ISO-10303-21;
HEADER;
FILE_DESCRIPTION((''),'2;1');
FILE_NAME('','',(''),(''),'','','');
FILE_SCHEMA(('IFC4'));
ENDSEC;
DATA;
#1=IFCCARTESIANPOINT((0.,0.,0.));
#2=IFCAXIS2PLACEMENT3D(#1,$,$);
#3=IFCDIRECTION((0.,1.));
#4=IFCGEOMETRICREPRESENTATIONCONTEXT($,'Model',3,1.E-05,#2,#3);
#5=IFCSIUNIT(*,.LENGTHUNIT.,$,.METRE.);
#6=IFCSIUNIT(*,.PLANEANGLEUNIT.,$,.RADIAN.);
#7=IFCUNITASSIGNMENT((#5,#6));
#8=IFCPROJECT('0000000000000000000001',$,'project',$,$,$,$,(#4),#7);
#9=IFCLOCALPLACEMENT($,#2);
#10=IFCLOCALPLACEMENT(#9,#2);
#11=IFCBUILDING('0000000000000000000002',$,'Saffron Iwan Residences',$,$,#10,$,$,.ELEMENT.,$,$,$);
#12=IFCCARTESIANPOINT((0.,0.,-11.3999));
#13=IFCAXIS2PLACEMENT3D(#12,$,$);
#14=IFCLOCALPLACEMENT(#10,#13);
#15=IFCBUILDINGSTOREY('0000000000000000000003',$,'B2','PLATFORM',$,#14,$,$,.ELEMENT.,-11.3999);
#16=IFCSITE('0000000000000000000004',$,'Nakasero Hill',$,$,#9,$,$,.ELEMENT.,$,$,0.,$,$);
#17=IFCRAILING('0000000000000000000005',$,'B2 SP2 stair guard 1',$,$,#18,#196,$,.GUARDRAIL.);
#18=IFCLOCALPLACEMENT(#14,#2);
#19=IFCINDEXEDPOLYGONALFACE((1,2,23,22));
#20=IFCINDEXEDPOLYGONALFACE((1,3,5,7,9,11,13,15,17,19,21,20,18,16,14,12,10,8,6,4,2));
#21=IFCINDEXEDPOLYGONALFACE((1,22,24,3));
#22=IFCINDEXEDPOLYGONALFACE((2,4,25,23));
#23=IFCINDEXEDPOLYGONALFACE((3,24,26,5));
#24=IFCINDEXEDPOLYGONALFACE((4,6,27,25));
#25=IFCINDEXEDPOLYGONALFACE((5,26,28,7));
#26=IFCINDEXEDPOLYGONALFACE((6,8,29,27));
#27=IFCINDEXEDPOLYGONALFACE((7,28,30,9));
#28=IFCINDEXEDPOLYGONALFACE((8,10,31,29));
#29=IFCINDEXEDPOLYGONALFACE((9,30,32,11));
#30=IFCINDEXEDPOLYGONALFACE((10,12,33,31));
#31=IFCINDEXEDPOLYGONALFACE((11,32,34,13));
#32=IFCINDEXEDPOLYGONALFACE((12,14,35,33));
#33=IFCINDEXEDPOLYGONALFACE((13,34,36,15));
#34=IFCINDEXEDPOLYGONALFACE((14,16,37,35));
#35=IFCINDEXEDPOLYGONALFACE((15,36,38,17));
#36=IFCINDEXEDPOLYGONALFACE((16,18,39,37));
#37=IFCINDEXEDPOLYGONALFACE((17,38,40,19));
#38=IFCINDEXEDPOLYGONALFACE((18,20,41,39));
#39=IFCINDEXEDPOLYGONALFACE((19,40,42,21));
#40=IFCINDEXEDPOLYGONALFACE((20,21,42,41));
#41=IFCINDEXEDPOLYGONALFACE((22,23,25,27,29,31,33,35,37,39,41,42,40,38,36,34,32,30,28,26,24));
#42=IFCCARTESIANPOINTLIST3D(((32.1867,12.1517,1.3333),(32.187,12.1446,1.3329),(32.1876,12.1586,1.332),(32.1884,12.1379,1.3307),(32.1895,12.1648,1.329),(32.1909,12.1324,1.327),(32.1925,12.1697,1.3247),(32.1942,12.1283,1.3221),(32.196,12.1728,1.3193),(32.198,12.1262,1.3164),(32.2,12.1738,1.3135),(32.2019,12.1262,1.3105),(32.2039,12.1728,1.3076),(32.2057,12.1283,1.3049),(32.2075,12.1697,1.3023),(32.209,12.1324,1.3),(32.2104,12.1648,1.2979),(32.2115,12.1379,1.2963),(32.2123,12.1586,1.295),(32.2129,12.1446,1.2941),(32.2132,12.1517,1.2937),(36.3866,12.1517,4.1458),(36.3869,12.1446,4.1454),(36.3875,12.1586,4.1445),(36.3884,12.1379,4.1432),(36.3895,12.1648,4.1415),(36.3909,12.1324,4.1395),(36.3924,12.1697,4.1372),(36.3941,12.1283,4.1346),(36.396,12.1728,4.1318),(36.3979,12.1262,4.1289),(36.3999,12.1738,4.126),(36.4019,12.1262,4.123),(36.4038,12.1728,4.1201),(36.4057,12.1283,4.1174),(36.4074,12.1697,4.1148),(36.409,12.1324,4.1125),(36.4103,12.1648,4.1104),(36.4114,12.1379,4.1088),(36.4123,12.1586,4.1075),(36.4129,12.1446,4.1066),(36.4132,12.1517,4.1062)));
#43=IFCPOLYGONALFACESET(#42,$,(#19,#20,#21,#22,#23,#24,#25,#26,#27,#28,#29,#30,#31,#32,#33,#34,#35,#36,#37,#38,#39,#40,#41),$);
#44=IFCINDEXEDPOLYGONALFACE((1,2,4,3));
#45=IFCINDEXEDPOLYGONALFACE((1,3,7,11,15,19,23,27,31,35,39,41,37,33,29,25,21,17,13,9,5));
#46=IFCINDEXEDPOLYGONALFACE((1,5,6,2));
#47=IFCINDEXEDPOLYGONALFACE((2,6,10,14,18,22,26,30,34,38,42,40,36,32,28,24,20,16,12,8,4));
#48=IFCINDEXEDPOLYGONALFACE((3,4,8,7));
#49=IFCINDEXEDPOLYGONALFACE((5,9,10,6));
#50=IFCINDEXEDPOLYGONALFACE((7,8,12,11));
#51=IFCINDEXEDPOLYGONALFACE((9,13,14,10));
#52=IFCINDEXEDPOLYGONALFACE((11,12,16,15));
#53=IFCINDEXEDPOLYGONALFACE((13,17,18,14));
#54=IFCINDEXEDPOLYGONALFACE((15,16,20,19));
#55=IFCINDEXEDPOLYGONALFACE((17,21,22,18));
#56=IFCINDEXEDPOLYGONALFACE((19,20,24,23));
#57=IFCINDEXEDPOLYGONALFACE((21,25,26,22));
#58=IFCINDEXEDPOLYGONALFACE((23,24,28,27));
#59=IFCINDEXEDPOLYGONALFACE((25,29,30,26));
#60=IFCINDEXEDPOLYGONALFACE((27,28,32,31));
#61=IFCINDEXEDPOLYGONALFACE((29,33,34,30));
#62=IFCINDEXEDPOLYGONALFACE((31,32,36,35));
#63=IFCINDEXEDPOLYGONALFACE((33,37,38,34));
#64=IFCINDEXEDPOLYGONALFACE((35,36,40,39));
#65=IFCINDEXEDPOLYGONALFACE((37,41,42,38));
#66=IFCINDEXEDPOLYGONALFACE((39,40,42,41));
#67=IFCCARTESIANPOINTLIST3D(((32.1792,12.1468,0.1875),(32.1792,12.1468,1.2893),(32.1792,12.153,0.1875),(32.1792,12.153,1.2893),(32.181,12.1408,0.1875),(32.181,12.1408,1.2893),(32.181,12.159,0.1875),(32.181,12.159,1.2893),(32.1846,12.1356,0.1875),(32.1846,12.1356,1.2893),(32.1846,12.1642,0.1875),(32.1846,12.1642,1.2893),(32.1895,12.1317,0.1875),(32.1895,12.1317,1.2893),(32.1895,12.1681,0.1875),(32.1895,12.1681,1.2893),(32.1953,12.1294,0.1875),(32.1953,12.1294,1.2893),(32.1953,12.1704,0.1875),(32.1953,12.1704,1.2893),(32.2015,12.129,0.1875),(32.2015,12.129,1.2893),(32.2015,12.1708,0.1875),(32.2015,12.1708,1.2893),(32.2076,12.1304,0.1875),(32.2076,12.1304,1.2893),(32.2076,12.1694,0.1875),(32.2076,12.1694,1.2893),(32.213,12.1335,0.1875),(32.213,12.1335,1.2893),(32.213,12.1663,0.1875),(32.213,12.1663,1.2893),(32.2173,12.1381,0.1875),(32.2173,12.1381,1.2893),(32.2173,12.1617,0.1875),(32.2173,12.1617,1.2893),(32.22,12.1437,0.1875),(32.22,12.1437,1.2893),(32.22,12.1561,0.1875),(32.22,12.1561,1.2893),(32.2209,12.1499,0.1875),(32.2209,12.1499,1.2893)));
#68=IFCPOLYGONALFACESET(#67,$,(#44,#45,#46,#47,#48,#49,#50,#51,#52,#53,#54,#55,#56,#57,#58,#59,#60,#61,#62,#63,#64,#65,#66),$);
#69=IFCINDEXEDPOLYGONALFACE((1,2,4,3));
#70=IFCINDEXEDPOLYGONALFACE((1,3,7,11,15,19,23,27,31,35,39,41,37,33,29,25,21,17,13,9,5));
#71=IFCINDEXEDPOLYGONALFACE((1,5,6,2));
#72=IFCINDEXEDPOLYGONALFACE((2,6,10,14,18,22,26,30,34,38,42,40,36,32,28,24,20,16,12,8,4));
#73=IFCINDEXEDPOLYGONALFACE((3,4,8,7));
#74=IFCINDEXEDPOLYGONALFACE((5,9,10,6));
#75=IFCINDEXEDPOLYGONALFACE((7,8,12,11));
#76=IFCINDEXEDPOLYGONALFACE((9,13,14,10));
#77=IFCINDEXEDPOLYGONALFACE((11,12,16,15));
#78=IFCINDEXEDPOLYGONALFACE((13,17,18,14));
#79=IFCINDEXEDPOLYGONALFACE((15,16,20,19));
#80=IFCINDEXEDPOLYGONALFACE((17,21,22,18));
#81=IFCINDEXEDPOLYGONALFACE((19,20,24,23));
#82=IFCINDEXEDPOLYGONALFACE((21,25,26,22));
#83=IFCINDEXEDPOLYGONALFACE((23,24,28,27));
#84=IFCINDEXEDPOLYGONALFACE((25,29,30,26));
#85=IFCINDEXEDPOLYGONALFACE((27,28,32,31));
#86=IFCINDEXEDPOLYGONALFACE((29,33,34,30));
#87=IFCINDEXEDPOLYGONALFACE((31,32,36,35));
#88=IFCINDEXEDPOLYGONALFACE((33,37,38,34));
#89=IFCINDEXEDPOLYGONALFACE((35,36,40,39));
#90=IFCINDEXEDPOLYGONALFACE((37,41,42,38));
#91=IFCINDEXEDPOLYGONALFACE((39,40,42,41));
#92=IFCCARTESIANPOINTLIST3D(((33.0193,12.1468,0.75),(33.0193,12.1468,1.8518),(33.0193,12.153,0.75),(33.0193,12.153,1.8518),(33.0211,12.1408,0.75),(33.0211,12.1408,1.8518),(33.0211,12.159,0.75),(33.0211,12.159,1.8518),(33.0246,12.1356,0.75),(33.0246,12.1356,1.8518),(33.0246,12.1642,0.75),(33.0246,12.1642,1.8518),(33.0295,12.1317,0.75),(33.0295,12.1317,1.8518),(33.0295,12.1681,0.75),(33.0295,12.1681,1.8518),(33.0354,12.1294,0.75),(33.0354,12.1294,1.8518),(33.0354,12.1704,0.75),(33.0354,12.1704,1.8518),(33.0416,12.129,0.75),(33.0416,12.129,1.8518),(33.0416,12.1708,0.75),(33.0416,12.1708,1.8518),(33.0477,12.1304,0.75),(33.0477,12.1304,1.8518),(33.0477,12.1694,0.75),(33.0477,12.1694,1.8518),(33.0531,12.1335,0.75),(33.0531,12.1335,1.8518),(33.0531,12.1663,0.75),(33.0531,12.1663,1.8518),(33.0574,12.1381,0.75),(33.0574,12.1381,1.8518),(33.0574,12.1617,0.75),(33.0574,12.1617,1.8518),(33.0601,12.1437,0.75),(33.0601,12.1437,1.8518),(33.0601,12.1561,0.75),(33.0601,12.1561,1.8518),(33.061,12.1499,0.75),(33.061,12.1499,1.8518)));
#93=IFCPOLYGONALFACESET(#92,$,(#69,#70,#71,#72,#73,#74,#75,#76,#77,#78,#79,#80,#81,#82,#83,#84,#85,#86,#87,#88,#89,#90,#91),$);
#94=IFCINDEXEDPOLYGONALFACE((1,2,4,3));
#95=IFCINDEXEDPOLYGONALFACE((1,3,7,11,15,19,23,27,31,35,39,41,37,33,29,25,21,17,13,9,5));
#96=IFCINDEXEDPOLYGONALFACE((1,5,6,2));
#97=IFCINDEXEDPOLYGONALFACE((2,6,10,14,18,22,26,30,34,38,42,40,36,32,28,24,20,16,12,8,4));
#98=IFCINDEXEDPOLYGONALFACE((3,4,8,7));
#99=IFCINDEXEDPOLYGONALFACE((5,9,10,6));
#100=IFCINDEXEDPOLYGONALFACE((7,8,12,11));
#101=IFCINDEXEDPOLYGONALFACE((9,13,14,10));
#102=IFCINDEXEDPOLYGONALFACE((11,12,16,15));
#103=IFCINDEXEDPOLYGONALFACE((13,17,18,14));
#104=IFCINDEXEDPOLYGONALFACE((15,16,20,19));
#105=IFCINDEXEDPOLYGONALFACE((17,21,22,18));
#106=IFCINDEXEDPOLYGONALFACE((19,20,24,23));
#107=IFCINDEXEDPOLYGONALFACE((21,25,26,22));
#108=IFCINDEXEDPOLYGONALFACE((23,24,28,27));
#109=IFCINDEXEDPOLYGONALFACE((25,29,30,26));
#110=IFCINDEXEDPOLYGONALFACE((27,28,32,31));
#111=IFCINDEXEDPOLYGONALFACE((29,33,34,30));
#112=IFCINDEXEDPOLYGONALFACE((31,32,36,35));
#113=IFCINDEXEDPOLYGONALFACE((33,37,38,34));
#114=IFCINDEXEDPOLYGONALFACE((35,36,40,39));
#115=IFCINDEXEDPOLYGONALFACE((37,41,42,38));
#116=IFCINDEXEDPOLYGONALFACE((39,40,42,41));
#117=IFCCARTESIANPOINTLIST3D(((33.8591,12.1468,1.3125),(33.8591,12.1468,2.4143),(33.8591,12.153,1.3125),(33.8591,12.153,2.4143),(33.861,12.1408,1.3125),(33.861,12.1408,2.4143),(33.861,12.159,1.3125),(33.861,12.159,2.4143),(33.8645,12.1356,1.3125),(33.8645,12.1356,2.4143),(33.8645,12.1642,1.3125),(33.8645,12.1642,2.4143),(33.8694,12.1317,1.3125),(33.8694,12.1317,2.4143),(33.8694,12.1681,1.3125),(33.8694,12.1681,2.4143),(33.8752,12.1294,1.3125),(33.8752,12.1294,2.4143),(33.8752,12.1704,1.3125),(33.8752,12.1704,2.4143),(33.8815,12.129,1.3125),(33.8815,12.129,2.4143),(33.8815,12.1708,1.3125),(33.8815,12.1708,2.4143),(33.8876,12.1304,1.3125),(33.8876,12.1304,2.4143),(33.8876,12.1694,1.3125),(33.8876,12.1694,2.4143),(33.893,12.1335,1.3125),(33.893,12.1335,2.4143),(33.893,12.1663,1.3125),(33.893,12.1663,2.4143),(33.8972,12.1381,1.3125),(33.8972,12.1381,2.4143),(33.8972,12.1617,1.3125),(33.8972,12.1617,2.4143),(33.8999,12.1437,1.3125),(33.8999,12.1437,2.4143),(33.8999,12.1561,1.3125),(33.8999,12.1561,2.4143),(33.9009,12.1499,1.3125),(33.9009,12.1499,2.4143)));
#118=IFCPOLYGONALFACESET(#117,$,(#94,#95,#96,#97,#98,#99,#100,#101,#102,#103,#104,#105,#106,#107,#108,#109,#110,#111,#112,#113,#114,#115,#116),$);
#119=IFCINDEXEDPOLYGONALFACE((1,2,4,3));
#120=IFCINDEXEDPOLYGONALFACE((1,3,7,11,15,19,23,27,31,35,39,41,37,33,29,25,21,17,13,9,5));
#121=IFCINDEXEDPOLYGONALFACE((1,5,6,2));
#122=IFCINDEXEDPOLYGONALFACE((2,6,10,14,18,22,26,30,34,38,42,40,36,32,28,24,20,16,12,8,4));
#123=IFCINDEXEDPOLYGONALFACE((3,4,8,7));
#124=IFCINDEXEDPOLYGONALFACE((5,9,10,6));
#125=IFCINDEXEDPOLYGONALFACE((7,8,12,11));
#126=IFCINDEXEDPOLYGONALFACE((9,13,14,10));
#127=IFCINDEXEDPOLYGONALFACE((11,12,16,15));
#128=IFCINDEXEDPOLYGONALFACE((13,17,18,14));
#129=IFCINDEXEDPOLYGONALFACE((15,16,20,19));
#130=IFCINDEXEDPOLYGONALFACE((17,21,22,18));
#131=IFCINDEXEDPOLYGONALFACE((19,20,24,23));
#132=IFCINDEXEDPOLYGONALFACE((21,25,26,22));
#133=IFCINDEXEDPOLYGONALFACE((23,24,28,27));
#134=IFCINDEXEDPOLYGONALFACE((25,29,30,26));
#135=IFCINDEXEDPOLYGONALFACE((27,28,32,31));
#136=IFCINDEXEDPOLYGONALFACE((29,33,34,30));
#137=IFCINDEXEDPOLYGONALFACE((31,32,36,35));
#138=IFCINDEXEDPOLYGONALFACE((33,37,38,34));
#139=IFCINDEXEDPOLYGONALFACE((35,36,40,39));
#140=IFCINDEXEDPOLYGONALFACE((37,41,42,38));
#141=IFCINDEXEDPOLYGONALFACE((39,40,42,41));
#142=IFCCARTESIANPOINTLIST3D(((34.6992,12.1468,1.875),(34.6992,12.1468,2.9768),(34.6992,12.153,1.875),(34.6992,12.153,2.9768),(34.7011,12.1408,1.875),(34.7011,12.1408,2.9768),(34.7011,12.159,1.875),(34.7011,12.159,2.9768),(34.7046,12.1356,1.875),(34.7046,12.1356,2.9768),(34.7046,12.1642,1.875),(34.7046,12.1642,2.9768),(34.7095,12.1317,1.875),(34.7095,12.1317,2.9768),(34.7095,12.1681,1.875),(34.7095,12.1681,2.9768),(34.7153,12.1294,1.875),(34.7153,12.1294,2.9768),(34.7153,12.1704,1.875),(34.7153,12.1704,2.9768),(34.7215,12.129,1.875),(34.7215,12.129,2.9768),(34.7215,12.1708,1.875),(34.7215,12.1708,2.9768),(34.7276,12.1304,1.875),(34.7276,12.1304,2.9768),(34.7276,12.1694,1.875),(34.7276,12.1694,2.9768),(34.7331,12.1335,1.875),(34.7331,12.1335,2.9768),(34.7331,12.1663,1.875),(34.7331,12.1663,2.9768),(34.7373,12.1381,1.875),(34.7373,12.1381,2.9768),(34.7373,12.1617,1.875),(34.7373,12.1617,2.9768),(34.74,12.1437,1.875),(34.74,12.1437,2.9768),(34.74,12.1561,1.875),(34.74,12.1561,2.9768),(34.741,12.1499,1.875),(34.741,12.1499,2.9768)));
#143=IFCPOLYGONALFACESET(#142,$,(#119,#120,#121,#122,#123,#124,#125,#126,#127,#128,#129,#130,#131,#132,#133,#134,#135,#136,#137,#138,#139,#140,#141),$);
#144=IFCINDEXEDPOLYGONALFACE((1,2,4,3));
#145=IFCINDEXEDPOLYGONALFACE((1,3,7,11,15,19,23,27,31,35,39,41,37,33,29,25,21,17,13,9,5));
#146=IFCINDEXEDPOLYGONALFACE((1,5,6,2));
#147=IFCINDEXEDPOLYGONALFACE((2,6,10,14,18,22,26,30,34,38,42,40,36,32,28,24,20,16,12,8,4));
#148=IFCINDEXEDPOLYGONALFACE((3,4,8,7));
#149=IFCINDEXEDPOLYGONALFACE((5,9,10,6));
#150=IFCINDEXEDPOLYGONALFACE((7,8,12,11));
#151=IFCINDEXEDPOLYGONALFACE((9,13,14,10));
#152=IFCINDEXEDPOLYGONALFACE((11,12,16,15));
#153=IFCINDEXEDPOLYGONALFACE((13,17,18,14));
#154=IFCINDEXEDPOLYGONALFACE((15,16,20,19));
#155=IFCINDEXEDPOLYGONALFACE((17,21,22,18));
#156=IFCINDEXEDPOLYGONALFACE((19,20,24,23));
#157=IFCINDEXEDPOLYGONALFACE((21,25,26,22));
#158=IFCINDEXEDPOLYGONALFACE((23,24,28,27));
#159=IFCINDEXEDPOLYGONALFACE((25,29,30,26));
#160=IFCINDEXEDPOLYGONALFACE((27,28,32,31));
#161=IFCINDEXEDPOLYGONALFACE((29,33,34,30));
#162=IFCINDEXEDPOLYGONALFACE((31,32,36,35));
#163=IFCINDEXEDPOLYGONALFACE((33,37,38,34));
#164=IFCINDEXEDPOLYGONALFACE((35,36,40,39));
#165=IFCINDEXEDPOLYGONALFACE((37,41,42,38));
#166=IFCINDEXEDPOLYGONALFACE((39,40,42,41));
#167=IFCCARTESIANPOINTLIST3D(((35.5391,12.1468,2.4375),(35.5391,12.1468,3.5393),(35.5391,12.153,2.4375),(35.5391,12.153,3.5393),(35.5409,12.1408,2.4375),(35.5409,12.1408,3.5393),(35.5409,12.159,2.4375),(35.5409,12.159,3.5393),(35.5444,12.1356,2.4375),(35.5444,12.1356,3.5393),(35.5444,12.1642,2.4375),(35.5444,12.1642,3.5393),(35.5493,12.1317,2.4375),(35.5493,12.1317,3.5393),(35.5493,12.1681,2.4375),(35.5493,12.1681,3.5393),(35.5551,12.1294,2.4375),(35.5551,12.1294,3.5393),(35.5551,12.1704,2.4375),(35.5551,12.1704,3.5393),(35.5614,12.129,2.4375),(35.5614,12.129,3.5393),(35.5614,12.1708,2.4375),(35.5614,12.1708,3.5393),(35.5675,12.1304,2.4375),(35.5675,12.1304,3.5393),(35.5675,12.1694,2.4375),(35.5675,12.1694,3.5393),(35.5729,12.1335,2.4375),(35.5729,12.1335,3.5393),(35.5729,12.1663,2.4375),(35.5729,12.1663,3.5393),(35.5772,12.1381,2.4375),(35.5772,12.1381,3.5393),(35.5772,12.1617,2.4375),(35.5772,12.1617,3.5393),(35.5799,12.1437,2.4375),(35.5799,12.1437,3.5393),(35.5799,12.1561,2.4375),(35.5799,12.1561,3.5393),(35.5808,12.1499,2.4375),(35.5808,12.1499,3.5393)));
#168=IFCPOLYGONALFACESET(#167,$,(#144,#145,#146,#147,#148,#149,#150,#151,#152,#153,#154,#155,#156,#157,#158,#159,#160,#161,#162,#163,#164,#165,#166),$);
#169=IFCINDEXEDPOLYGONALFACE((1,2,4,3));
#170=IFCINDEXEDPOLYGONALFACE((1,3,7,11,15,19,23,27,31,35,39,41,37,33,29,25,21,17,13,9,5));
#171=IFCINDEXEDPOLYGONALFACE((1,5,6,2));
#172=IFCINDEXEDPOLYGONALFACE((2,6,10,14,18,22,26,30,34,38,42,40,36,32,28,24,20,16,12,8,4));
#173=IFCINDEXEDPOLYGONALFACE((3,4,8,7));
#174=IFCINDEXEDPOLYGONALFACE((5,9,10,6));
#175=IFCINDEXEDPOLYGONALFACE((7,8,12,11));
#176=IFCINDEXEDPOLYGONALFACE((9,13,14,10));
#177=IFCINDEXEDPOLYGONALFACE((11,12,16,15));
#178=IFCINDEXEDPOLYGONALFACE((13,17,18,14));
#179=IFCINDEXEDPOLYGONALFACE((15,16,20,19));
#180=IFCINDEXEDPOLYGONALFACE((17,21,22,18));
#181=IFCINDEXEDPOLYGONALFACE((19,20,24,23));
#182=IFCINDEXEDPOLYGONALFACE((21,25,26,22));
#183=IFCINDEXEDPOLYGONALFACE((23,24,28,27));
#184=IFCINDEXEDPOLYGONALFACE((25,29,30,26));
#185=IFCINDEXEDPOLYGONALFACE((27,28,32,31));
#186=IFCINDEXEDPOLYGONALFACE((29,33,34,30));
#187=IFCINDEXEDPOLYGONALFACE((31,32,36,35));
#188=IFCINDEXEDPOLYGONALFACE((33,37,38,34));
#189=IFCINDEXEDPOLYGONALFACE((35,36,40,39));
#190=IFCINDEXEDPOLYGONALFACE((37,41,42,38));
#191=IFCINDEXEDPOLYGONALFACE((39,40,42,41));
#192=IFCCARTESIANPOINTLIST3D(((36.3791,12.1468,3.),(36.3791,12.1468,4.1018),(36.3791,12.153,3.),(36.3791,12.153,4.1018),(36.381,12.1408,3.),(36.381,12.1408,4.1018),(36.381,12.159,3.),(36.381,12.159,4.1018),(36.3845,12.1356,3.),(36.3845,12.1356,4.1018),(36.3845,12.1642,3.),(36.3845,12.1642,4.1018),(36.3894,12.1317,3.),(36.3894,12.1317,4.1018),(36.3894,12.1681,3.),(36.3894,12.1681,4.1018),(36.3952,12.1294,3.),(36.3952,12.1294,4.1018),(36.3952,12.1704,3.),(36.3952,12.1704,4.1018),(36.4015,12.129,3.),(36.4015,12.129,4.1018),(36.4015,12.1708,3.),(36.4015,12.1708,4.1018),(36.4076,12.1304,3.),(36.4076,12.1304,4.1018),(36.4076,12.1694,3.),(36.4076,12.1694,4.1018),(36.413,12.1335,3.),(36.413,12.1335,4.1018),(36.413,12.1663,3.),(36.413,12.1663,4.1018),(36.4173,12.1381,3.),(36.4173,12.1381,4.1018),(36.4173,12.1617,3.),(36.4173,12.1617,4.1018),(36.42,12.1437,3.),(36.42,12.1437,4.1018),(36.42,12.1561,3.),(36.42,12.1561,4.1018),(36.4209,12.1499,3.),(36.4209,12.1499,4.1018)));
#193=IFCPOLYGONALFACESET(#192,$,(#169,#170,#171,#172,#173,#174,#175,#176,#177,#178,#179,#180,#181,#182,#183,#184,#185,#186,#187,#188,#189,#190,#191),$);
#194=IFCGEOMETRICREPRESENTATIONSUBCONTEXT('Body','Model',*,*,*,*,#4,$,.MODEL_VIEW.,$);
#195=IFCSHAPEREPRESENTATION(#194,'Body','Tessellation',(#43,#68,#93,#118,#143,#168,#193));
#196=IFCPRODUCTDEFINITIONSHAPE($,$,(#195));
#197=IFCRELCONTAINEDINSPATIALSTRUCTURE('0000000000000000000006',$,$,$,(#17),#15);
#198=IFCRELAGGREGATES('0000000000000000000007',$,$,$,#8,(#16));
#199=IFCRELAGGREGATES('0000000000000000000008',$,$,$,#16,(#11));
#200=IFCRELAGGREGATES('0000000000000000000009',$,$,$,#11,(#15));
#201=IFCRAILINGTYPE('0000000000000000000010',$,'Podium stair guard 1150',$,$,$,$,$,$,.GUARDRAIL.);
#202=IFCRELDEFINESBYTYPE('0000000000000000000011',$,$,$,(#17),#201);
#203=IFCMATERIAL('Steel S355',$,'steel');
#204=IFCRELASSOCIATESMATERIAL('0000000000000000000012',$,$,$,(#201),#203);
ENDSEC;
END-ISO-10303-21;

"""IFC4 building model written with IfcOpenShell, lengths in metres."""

from ifc_helpers import new_model, si_unit, direction, frame, origin, origin_2d, place, context, subcontext, project, spatial, circle, extrude, material, type_object, element, save


model = new_model("IFC4")

# Units and contexts
model_context = context("Model", 3, precision=1e-05, world=origin(), true_north=direction((0.0, 1.0)))
body_context = subcontext(model_context, "Body", "Model", "MODEL_VIEW")
ifc_project = project(units=[si_unit("LENGTHUNIT", "METRE"), si_unit("PLANEANGLEUNIT", "RADIAN")], contexts=[model_context])

# Site, building, storey
site_placement = place(None, origin())
site = spatial("IfcSite", under=ifc_project, at=site_placement, Name="Nakasero Hill", CompositionType="ELEMENT", RefElevation=0.0)
building_placement = place(site_placement, origin())
building = spatial("IfcBuilding", under=site, at=building_placement, Name="Saffron Iwan Residences", CompositionType="ELEMENT")
storey_placement = place(building_placement, frame((0.0, 0.0, -11.3999)))
storey = spatial("IfcBuildingStorey", under=building, at=storey_placement, Name="B2", Description="PLATFORM", CompositionType="ELEMENT", Elevation=-11.3999)

# Railing
ifc_material_1 = material(Name="Steel S355", Category="steel")
railing_type_1 = type_object("IfcRailingType", Name="Podium stair guard 1150", PredefinedType="GUARDRAIL", material=ifc_material_1)
railing_1_placement = place(storey_placement, frame((32.2, 12.1499, 0.1875)))
element("IfcRailing", 1, at=railing_1_placement, inside=storey, type_object=railing_type_1, Name="B2 SP2 stair guard 1", PredefinedType="GUARDRAIL", context=body_context, shape_type="SweptSolid", body=[
    extrude(circle(Radius=0.0239, at=origin_2d()), frame((0.0, 0.0, 1.126), z_axis=(0.830904, 0.0, 0.556416), x_axis=(0.0, 1.0, 0.0)), (0.0, 0.0, 1.0), 5.0547),
    extrude(circle(Radius=0.021, at=origin_2d()), origin(), (0.0, 0.0, 1.0), 1.1018),
    extrude(circle(Radius=0.021, at=origin_2d()), frame((0.8401, 0.0, 0.5625)), (0.0, 0.0, 1.0), 1.1018),
    extrude(circle(Radius=0.021, at=origin_2d()), frame((1.6799, 0.0, 1.125)), (0.0, 0.0, 1.0), 1.1018),
    extrude(circle(Radius=0.021, at=origin_2d()), frame((2.52, 0.0, 1.6875)), (0.0, 0.0, 1.0), 1.1018),
    extrude(circle(Radius=0.021, at=origin_2d()), frame((3.3599, 0.0, 2.25)), (0.0, 0.0, 1.0), 1.1018),
    extrude(circle(Radius=0.021, at=origin_2d()), frame((4.2, 0.0, 2.8125)), (0.0, 0.0, 1.0), 1.1018),
])

save(model, "model.ifc")
